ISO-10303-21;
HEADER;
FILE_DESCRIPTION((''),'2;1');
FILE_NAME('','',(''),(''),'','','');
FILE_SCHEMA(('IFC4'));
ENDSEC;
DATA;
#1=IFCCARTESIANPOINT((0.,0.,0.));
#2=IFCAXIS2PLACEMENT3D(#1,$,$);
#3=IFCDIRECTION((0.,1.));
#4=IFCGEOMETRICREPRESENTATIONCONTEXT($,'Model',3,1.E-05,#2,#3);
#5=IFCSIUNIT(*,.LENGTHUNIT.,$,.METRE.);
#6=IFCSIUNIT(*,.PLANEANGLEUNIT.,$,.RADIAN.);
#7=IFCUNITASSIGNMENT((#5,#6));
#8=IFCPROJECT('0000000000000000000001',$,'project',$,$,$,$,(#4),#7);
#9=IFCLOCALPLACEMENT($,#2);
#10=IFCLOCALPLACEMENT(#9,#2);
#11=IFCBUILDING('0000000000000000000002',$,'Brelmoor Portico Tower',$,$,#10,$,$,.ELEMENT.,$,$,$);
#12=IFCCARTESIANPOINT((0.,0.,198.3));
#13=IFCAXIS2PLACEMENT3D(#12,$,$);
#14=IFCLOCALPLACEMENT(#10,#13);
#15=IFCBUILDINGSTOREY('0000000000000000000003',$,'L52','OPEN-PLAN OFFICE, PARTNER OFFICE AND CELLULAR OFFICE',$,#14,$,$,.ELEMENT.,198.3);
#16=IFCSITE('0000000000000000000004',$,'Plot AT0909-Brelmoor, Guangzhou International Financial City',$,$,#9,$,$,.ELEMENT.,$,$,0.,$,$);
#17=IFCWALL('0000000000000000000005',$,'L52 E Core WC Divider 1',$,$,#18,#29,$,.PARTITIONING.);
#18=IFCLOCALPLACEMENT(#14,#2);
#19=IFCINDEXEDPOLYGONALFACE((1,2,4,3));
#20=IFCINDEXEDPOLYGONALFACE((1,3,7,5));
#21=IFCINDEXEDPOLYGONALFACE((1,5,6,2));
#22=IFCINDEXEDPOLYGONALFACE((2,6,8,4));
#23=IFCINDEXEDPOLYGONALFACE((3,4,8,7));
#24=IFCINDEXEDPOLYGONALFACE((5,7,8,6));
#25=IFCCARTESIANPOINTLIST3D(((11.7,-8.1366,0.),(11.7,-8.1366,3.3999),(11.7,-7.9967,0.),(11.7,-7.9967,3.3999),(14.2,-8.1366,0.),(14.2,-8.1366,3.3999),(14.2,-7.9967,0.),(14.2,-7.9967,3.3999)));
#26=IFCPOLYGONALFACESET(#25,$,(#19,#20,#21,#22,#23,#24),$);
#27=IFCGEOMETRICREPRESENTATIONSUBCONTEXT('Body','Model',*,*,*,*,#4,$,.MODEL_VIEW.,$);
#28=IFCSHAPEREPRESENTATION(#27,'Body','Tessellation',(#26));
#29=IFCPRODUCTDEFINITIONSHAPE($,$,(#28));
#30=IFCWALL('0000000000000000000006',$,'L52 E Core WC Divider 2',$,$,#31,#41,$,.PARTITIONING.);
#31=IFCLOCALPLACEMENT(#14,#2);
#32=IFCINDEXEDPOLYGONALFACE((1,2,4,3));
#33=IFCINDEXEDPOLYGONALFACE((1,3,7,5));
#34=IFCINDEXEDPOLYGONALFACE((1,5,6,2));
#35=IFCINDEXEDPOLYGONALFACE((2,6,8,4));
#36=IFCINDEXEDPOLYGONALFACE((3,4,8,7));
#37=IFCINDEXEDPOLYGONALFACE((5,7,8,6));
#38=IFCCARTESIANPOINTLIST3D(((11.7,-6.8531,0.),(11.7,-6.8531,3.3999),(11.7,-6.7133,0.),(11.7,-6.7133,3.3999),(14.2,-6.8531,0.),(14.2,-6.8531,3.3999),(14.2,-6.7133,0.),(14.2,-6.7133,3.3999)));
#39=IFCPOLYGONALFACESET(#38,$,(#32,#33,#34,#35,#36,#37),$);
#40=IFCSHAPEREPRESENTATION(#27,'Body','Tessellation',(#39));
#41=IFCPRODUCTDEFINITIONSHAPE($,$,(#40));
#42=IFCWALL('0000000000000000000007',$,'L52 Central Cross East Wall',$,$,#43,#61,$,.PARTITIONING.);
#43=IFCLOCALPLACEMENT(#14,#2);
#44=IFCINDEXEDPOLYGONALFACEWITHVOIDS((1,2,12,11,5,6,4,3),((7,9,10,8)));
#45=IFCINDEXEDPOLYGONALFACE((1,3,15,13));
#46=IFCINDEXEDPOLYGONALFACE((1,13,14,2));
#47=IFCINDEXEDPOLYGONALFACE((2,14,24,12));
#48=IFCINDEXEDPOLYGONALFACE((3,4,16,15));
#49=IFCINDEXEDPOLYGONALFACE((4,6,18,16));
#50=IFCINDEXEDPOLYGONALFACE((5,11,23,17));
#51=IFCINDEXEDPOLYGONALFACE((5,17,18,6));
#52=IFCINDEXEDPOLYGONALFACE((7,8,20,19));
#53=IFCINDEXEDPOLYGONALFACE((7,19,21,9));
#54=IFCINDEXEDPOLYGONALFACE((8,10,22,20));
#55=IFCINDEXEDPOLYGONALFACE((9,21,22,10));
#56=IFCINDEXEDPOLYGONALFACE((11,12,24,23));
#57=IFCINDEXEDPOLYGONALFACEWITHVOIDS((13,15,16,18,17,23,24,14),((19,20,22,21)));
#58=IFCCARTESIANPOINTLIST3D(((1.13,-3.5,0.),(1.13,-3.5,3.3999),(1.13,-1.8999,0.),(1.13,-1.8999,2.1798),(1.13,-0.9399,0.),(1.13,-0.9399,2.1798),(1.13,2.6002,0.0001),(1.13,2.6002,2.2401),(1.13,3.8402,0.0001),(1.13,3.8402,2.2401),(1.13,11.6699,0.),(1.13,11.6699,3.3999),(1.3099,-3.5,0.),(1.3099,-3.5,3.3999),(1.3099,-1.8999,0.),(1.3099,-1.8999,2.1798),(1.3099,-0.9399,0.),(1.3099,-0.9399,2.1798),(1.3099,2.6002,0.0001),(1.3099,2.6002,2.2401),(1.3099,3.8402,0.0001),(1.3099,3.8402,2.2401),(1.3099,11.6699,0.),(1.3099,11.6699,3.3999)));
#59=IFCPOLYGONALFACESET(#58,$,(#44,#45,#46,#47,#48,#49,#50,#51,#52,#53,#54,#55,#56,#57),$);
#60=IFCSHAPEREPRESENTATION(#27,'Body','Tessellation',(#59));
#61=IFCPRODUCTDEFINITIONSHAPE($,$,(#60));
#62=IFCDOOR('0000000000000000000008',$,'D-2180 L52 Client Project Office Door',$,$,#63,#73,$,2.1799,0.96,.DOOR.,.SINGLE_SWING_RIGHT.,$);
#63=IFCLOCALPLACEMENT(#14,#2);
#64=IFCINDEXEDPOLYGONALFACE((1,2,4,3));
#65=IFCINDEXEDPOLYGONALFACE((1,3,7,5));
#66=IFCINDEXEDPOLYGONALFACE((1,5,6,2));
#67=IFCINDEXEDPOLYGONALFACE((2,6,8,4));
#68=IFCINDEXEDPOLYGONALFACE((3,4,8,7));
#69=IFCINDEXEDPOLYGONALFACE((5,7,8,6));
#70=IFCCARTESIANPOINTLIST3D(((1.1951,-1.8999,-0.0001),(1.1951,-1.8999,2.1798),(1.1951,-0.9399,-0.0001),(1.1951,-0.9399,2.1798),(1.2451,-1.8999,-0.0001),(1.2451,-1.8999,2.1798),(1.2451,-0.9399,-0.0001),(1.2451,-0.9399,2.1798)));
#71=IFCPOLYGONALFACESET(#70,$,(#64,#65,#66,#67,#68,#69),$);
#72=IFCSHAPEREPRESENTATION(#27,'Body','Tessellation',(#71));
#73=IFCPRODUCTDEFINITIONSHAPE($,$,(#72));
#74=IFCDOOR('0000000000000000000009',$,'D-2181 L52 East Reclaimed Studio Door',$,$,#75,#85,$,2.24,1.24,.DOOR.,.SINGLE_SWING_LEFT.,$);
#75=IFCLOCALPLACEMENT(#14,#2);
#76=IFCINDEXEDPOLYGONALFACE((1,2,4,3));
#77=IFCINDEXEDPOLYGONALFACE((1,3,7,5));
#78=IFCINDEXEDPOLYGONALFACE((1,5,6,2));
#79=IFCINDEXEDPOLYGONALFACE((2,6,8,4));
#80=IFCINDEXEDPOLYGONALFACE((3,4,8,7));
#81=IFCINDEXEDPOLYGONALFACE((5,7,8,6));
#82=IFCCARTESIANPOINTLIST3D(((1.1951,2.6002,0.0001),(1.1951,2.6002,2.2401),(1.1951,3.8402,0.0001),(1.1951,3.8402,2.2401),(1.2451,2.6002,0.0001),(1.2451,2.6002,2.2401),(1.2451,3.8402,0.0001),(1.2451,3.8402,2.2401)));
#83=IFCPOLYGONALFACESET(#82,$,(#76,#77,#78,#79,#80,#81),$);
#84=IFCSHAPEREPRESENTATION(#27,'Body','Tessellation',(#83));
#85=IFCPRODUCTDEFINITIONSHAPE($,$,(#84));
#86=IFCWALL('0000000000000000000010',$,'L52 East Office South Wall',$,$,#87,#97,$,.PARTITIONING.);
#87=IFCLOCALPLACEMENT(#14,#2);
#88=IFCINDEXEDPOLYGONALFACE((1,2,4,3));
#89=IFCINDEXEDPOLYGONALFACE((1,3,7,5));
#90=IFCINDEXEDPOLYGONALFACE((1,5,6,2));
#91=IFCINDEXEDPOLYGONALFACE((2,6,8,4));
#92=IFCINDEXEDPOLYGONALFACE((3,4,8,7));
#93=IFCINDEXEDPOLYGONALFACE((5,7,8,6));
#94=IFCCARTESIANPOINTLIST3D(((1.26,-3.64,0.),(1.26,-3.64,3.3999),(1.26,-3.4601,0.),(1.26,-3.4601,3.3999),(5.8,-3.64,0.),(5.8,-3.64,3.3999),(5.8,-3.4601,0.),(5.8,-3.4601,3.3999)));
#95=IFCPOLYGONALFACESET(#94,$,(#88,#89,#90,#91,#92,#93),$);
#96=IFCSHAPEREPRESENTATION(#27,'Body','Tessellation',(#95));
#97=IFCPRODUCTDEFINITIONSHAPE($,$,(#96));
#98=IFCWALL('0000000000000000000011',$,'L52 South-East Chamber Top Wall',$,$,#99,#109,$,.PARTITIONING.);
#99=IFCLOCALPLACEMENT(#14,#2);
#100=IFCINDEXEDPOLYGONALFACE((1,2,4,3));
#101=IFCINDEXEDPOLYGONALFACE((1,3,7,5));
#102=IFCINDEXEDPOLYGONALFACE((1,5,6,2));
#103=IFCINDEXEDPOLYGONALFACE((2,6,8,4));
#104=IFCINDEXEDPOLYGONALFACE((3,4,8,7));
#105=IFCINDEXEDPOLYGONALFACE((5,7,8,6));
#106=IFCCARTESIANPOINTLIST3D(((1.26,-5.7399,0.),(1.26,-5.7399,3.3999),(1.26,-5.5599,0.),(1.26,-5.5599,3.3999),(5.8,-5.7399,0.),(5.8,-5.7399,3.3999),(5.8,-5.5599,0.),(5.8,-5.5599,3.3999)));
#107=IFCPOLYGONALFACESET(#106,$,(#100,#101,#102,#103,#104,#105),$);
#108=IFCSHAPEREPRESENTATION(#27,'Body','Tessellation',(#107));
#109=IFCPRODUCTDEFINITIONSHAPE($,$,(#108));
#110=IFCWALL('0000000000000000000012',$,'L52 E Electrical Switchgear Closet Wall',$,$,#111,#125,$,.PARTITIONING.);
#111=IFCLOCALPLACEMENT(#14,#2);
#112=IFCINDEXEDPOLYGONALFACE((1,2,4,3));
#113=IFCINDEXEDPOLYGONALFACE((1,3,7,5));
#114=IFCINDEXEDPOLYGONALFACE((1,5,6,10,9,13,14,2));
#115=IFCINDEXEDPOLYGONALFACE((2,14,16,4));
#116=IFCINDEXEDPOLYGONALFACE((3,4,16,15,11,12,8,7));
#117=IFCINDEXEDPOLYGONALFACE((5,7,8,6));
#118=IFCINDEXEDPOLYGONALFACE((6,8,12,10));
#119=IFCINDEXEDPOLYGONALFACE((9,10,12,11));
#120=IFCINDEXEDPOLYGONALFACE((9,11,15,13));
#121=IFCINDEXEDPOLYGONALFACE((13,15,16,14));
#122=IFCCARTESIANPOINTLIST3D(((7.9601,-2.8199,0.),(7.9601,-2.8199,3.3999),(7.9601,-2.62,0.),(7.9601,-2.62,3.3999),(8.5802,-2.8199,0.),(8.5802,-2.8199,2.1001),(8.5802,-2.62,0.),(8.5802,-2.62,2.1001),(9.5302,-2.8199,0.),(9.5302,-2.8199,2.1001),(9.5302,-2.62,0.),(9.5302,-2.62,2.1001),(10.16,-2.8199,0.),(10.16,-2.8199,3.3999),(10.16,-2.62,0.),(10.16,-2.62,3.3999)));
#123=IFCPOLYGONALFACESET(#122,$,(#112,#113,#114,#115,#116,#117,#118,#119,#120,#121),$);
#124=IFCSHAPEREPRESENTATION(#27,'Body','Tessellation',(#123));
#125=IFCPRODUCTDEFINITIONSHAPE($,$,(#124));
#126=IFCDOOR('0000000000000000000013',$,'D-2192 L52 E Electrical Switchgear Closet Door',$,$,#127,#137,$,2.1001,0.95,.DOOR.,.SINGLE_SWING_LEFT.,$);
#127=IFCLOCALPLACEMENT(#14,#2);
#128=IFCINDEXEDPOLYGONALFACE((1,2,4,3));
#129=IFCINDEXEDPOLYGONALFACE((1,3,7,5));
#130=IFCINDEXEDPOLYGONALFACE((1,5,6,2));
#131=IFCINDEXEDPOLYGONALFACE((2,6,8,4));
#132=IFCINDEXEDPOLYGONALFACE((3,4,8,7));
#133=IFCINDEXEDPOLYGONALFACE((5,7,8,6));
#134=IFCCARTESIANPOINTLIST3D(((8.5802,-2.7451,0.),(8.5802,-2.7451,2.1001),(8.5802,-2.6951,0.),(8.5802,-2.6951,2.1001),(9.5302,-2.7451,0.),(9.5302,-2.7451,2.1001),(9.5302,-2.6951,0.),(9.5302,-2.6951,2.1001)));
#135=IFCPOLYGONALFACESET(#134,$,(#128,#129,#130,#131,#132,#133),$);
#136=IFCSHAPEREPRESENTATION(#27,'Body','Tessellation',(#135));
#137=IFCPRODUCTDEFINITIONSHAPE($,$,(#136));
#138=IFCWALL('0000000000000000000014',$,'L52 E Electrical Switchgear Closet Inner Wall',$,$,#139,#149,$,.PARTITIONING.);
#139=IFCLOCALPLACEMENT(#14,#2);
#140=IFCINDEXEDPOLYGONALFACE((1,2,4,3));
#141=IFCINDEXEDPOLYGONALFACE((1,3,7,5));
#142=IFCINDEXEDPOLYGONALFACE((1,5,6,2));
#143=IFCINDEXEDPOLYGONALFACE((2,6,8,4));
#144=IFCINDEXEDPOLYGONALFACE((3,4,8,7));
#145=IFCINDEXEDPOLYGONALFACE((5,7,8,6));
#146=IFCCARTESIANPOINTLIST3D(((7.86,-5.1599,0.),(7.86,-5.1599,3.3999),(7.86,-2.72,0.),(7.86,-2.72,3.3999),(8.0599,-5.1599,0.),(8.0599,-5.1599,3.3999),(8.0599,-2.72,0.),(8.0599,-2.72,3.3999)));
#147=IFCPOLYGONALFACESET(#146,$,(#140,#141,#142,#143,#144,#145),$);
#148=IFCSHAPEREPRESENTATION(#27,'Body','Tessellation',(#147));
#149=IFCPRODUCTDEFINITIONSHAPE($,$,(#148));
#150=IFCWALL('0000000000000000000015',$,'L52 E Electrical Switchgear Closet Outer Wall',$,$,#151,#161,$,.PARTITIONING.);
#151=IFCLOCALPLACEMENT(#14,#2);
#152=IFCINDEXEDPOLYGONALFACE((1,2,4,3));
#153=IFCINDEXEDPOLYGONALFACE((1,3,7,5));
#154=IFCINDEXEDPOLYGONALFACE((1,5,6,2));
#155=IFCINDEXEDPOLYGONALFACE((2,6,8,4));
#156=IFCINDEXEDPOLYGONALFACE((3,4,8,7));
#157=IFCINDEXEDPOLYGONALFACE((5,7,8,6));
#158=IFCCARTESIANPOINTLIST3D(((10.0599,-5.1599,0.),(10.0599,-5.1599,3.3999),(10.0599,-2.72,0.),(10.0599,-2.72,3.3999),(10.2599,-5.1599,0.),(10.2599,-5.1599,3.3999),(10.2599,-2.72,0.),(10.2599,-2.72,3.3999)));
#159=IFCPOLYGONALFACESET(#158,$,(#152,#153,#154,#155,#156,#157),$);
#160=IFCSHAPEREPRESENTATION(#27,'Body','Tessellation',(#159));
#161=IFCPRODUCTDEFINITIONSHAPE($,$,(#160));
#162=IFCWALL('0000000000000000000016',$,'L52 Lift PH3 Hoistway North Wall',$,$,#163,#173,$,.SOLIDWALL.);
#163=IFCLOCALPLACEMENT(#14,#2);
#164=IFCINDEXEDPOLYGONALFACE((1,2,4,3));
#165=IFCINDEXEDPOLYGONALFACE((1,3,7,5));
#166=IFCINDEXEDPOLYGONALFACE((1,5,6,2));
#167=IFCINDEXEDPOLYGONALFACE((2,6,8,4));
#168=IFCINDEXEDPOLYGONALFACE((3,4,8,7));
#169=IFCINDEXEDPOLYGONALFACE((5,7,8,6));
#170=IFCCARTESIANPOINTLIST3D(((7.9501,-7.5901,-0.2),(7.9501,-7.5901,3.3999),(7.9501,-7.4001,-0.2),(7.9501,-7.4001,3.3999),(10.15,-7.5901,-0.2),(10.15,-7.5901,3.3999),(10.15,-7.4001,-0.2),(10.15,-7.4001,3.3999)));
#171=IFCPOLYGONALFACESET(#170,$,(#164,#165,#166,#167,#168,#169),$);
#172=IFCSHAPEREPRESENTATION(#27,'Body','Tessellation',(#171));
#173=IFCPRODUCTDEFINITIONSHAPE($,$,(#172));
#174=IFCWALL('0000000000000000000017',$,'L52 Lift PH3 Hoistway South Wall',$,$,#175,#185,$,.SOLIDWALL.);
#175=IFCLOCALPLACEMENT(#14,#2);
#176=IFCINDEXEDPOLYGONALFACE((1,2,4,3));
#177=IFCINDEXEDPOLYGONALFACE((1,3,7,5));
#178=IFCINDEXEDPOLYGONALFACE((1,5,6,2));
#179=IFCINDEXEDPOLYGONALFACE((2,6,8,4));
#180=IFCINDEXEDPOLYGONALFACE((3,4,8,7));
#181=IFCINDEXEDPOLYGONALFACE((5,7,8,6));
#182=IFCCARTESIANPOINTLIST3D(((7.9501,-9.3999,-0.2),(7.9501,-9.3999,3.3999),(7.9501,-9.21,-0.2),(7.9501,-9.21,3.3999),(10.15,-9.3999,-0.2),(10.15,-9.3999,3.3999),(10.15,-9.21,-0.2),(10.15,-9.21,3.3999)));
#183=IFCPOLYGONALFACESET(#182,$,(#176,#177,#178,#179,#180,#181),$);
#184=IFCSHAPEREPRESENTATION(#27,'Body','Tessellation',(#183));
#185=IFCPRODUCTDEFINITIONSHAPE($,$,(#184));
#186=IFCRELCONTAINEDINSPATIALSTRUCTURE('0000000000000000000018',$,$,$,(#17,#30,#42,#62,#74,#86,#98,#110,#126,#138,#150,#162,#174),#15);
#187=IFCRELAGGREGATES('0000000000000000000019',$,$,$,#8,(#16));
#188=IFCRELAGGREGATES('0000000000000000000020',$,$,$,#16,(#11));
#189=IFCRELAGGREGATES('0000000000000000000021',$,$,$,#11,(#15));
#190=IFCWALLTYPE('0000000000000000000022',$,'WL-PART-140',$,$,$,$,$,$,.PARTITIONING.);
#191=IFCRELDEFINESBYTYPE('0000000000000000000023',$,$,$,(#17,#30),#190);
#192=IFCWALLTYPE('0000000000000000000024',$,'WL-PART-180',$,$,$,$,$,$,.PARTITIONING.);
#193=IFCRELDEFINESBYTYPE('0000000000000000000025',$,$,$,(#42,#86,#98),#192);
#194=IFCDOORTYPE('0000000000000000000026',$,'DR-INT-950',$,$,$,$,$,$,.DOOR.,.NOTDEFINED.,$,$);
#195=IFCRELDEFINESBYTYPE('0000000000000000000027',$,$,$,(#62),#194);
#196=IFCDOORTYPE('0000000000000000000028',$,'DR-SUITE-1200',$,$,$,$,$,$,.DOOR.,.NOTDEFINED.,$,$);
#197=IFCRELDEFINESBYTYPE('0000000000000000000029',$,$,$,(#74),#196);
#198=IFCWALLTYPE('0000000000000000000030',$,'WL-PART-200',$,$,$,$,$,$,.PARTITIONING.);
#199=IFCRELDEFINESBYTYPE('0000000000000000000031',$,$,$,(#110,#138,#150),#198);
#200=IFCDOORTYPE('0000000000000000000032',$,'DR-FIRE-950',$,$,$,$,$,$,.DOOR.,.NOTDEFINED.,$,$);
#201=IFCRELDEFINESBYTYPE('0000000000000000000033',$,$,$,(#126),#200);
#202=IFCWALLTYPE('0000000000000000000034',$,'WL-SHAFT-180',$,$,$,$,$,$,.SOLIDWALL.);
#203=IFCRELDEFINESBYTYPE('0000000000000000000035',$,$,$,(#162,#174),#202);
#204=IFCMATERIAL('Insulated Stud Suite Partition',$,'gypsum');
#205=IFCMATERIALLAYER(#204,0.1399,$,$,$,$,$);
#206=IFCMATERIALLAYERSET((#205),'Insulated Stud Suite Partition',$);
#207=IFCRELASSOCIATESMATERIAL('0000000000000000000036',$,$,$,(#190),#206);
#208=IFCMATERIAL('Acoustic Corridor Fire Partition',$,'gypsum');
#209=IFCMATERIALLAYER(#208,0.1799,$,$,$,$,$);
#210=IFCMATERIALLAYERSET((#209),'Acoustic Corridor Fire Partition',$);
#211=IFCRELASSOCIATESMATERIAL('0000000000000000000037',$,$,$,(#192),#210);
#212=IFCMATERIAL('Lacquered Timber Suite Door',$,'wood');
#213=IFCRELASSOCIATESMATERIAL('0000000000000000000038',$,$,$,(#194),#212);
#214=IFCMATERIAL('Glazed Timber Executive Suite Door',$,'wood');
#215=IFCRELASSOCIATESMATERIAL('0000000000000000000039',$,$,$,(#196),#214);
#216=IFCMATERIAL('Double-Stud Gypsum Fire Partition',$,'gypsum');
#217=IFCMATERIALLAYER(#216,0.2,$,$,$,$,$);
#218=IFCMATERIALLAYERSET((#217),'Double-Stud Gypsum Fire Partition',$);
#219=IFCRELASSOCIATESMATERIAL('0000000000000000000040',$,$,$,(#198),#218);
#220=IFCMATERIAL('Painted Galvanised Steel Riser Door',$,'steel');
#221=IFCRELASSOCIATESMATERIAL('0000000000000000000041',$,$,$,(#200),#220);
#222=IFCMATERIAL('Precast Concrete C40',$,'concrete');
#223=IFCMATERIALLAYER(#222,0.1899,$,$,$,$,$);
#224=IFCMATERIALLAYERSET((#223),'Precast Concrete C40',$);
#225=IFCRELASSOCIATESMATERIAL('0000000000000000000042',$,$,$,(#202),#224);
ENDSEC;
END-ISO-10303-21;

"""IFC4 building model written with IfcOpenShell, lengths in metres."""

from ifc_helpers import new_model, si_unit, direction, frame, frame_2d, origin, place, context, subcontext, project, spatial, rectangle, extrude, material, layer, layer_set, type_object, element, fill, save


model = new_model("IFC4")

# Units and contexts
model_context = context("Model", 3, precision=1e-05, world=origin(), true_north=direction((0.0, 1.0)))
body_context = subcontext(model_context, "Body", "Model", "MODEL_VIEW")
ifc_project = project(units=[si_unit("LENGTHUNIT", "METRE"), si_unit("PLANEANGLEUNIT", "RADIAN")], contexts=[model_context])

# Site, building, storey
site_placement = place(None, origin())
site = spatial("IfcSite", under=ifc_project, at=site_placement, Name="Plot AT0909-Brelmoor, Guangzhou International Financial City", CompositionType="ELEMENT", RefElevation=0.0)
building_placement = place(site_placement, origin())
building = spatial("IfcBuilding", under=site, at=building_placement, Name="Brelmoor Portico Tower", CompositionType="ELEMENT")
storey_placement = place(building_placement, frame((0.0, 0.0, 198.3)))
storey = spatial("IfcBuildingStorey", under=building, at=storey_placement, Name="L52", Description="OPEN-PLAN OFFICE, PARTNER OFFICE AND CELLULAR OFFICE", CompositionType="ELEMENT", Elevation=198.3)

# Walls
ifc_material_1 = material(Name="Insulated Stud Suite Partition", Category="gypsum")
ifc_layer_1 = layer(ifc_material_1, 0.1399)
ifc_layer_set_1 = layer_set([ifc_layer_1], Name="Insulated Stud Suite Partition")
wall_type_1 = type_object("IfcWallType", Name="WL-PART-140", PredefinedType="PARTITIONING", material=ifc_layer_set_1)
for number, where, z_axis, x_axis, name in (
    (1, (11.7, -8.0667, 0.0), (0.0, 0.0, 1.0), (1.0, 0.0, 0.0), "L52 E Core WC Divider 1"),
    (2, (11.7, -6.7832, 0.0), (0.0, 0.0, 1.0), (1.0, 0.0, 0.0), "L52 E Core WC Divider 2"),
):
    element("IfcWall", number, at=place(storey_placement, frame(where, z_axis=z_axis, x_axis=x_axis)), inside=storey, type_object=wall_type_1, Name=name, PredefinedType="PARTITIONING", context=body_context, shape_type="SweptSolid", body=[
        extrude(rectangle(XDim=2.5, YDim=0.1399, at=frame_2d((1.25, 0.0))), origin(), (0.0, 0.0, 1.0), 3.3999),
    ])

# Wall, openings, doors
ifc_material_2 = material(Name="Acoustic Corridor Fire Partition", Category="gypsum")
ifc_layer_2 = layer(ifc_material_2, 0.1799)
ifc_layer_set_2 = layer_set([ifc_layer_2], Name="Acoustic Corridor Fire Partition")
wall_type_2 = type_object("IfcWallType", Name="WL-PART-180", PredefinedType="PARTITIONING", material=ifc_layer_set_2)
wall_1_placement = place(storey_placement, frame((1.22, -3.5, 0.0), z_axis=(0.0, 0.0, 1.0), x_axis=(0.0, 1.0, 0.0)))
wall_1 = element("IfcWall", 3, at=wall_1_placement, inside=storey, type_object=wall_type_2, Name="L52 Central Cross East Wall", PredefinedType="PARTITIONING", context=body_context, shape_type="SweptSolid", body=[
    extrude(rectangle(XDim=15.1699, YDim=0.1799, at=frame_2d((7.585, 0.0))), origin(), (0.0, 0.0, 1.0), 3.3999),
])
opening_1_placement = place(wall_1_placement, frame((6.1001, 0.0, 0.0)))
opening_1 = element("IfcOpeningElement", 4, at=opening_1_placement, cuts=wall_1, PredefinedType="OPENING", context=body_context, shape_type="SweptSolid", body=[
    extrude(rectangle(XDim=1.24, YDim=2.24, at=frame_2d((0.6201, 1.1201))), frame((0.0, 0.0999, 0.0), z_axis=(0.0, -1.0, 0.0), x_axis=(1.0, 0.0, 0.0)), (0.0, 0.0, 1.0), 0.2),
])
opening_2_placement = place(wall_1_placement, frame((1.6001, 0.0, 0.0)))
opening_2 = element("IfcOpeningElement", 5, at=opening_2_placement, cuts=wall_1, PredefinedType="OPENING", context=body_context, shape_type="SweptSolid", body=[
    extrude(rectangle(XDim=0.96, YDim=2.1799, at=frame_2d((0.48, 1.0898))), frame((0.0, 0.0999, 0.0), z_axis=(0.0, -1.0, 0.0), x_axis=(1.0, 0.0, 0.0)), (0.0, 0.0, 1.0), 0.2),
])
ifc_material_3 = material(Name="Lacquered Timber Suite Door", Category="wood")
door_type_1 = type_object("IfcDoorType", Name="DR-INT-950", OperationType="NOTDEFINED", PredefinedType="DOOR", material=ifc_material_3)
door_1_placement = place(opening_2_placement, origin())
door_1 = element("IfcDoor", 6, at=door_1_placement, inside=storey, type_object=door_type_1, Name="D-2180 L52 Client Project Office Door", OperationType="SINGLE_SWING_RIGHT", OverallHeight=2.1799, OverallWidth=0.96, PredefinedType="DOOR", context=body_context, shape_type="SweptSolid", body=[
    extrude(rectangle(XDim=0.96, YDim=2.1799, at=frame_2d((0.48, 1.0898))), frame((0.0, 0.0249, 0.0), z_axis=(0.0, -1.0, 0.0), x_axis=(1.0, 0.0, 0.0)), (0.0, 0.0, 1.0), 0.05),
])
fill(opening_2, door_1)
ifc_material_4 = material(Name="Glazed Timber Executive Suite Door", Category="wood")
door_type_2 = type_object("IfcDoorType", Name="DR-SUITE-1200", OperationType="NOTDEFINED", PredefinedType="DOOR", material=ifc_material_4)
door_2_placement = place(opening_1_placement, origin())
door_2 = element("IfcDoor", 7, at=door_2_placement, inside=storey, type_object=door_type_2, Name="D-2181 L52 East Reclaimed Studio Door", OperationType="SINGLE_SWING_LEFT", OverallHeight=2.24, OverallWidth=1.24, PredefinedType="DOOR", context=body_context, shape_type="SweptSolid", body=[
    extrude(rectangle(XDim=1.24, YDim=2.24, at=frame_2d((0.6201, 1.1201))), frame((0.0, 0.0249, 0.0), z_axis=(0.0, -1.0, 0.0), x_axis=(1.0, 0.0, 0.0)), (0.0, 0.0, 1.0), 0.05),
])
fill(opening_1, door_2)

# Walls
for number, where, z_axis, x_axis, name in (
    (8, (1.26, -3.55, 0.0), (0.0, 0.0, 1.0), (1.0, 0.0, 0.0), "L52 East Office South Wall"),
    (9, (1.26, -5.6499, 0.0), (0.0, 0.0, 1.0), (1.0, 0.0, 0.0), "L52 South-East Chamber Top Wall"),
):
    element("IfcWall", number, at=place(storey_placement, frame(where, z_axis=z_axis, x_axis=x_axis)), inside=storey, type_object=wall_type_2, Name=name, PredefinedType="PARTITIONING", context=body_context, shape_type="SweptSolid", body=[
        extrude(rectangle(XDim=4.54, YDim=0.1799, at=frame_2d((2.27, 0.0))), origin(), (0.0, 0.0, 1.0), 3.3999),
    ])

# Wall, opening, door
ifc_material_5 = material(Name="Double-Stud Gypsum Fire Partition", Category="gypsum")
ifc_layer_3 = layer(ifc_material_5, 0.2)
ifc_layer_set_3 = layer_set([ifc_layer_3], Name="Double-Stud Gypsum Fire Partition")
wall_type_3 = type_object("IfcWallType", Name="WL-PART-200", PredefinedType="PARTITIONING", material=ifc_layer_set_3)
wall_2_placement = place(storey_placement, frame((7.96, -2.72, 0.0), z_axis=(0.0, 0.0, 1.0), x_axis=(1.0, 0.0, 0.0)))
wall_2 = element("IfcWall", 10, at=wall_2_placement, inside=storey, type_object=wall_type_3, Name="L52 E Electrical Switchgear Closet Wall", PredefinedType="PARTITIONING", context=body_context, shape_type="SweptSolid", body=[
    extrude(rectangle(XDim=2.2, YDim=0.2, at=frame_2d((1.1001, 0.0))), origin(), (0.0, 0.0, 1.0), 3.3999),
])
opening_3_placement = place(wall_2_placement, frame((0.6201, 0.0, 0.0)))
opening_3 = element("IfcOpeningElement", 11, at=opening_3_placement, cuts=wall_2, PredefinedType="OPENING", context=body_context, shape_type="SweptSolid", body=[
    extrude(rectangle(XDim=0.95, YDim=2.1001, at=frame_2d((0.4751, 1.05))), frame((0.0, 0.1099, 0.0), z_axis=(0.0, -1.0, 0.0), x_axis=(1.0, 0.0, 0.0)), (0.0, 0.0, 1.0), 0.22),
])
ifc_material_6 = material(Name="Painted Galvanised Steel Riser Door", Category="steel")
door_type_3 = type_object("IfcDoorType", Name="DR-FIRE-950", OperationType="NOTDEFINED", PredefinedType="DOOR", material=ifc_material_6)
door_3_placement = place(opening_3_placement, origin())
door_3 = element("IfcDoor", 12, at=door_3_placement, inside=storey, type_object=door_type_3, Name="D-2192 L52 E Electrical Switchgear Closet Door", OperationType="SINGLE_SWING_LEFT", OverallHeight=2.1001, OverallWidth=0.95, PredefinedType="DOOR", context=body_context, shape_type="SweptSolid", body=[
    extrude(rectangle(XDim=0.95, YDim=2.1001, at=frame_2d((0.4751, 1.05))), frame((0.0, 0.0249, 0.0), z_axis=(0.0, -1.0, 0.0), x_axis=(1.0, 0.0, 0.0)), (0.0, 0.0, 1.0), 0.05),
])
fill(opening_3, door_3)

# Walls
for number, where, z_axis, x_axis, name in (
    (13, (7.96, -5.1599, 0.0), (0.0, 0.0, 1.0), (0.0, 1.0, 0.0), "L52 E Electrical Switchgear Closet Inner Wall"),
    (14, (10.1599, -5.1599, 0.0), (0.0, 0.0, 1.0), (0.0, 1.0, 0.0), "L52 E Electrical Switchgear Closet Outer Wall"),
):
    element("IfcWall", number, at=place(storey_placement, frame(where, z_axis=z_axis, x_axis=x_axis)), inside=storey, type_object=wall_type_3, Name=name, PredefinedType="PARTITIONING", context=body_context, shape_type="SweptSolid", body=[
        extrude(rectangle(XDim=2.4399, YDim=0.2, at=frame_2d((1.22, 0.0))), origin(), (0.0, 0.0, 1.0), 3.3999),
    ])
ifc_material_7 = material(Name="Precast Concrete C40", Category="concrete")
ifc_layer_4 = layer(ifc_material_7, 0.1899)
ifc_layer_set_4 = layer_set([ifc_layer_4], Name="Precast Concrete C40")
wall_type_4 = type_object("IfcWallType", Name="WL-SHAFT-180", PredefinedType="SOLIDWALL", material=ifc_layer_set_4)
for number, where, z_axis, x_axis, name in (
    (15, (7.95, -7.4951, -0.2), (0.0, 0.0, 1.0), (1.0, 0.0, 0.0), "L52 Lift PH3 Hoistway North Wall"),
    (16, (7.95, -9.3049, -0.2), (0.0, 0.0, 1.0), (1.0, 0.0, 0.0), "L52 Lift PH3 Hoistway South Wall"),
):
    element("IfcWall", number, at=place(storey_placement, frame(where, z_axis=z_axis, x_axis=x_axis)), inside=storey, type_object=wall_type_4, Name=name, PredefinedType="SOLIDWALL", context=body_context, shape_type="SweptSolid", body=[
        extrude(rectangle(XDim=2.2, YDim=0.1899, at=frame_2d((1.1001, 0.0))), origin(), (0.0, 0.0, 1.0), 3.5999),
    ])

save(model, "model.ifc")
